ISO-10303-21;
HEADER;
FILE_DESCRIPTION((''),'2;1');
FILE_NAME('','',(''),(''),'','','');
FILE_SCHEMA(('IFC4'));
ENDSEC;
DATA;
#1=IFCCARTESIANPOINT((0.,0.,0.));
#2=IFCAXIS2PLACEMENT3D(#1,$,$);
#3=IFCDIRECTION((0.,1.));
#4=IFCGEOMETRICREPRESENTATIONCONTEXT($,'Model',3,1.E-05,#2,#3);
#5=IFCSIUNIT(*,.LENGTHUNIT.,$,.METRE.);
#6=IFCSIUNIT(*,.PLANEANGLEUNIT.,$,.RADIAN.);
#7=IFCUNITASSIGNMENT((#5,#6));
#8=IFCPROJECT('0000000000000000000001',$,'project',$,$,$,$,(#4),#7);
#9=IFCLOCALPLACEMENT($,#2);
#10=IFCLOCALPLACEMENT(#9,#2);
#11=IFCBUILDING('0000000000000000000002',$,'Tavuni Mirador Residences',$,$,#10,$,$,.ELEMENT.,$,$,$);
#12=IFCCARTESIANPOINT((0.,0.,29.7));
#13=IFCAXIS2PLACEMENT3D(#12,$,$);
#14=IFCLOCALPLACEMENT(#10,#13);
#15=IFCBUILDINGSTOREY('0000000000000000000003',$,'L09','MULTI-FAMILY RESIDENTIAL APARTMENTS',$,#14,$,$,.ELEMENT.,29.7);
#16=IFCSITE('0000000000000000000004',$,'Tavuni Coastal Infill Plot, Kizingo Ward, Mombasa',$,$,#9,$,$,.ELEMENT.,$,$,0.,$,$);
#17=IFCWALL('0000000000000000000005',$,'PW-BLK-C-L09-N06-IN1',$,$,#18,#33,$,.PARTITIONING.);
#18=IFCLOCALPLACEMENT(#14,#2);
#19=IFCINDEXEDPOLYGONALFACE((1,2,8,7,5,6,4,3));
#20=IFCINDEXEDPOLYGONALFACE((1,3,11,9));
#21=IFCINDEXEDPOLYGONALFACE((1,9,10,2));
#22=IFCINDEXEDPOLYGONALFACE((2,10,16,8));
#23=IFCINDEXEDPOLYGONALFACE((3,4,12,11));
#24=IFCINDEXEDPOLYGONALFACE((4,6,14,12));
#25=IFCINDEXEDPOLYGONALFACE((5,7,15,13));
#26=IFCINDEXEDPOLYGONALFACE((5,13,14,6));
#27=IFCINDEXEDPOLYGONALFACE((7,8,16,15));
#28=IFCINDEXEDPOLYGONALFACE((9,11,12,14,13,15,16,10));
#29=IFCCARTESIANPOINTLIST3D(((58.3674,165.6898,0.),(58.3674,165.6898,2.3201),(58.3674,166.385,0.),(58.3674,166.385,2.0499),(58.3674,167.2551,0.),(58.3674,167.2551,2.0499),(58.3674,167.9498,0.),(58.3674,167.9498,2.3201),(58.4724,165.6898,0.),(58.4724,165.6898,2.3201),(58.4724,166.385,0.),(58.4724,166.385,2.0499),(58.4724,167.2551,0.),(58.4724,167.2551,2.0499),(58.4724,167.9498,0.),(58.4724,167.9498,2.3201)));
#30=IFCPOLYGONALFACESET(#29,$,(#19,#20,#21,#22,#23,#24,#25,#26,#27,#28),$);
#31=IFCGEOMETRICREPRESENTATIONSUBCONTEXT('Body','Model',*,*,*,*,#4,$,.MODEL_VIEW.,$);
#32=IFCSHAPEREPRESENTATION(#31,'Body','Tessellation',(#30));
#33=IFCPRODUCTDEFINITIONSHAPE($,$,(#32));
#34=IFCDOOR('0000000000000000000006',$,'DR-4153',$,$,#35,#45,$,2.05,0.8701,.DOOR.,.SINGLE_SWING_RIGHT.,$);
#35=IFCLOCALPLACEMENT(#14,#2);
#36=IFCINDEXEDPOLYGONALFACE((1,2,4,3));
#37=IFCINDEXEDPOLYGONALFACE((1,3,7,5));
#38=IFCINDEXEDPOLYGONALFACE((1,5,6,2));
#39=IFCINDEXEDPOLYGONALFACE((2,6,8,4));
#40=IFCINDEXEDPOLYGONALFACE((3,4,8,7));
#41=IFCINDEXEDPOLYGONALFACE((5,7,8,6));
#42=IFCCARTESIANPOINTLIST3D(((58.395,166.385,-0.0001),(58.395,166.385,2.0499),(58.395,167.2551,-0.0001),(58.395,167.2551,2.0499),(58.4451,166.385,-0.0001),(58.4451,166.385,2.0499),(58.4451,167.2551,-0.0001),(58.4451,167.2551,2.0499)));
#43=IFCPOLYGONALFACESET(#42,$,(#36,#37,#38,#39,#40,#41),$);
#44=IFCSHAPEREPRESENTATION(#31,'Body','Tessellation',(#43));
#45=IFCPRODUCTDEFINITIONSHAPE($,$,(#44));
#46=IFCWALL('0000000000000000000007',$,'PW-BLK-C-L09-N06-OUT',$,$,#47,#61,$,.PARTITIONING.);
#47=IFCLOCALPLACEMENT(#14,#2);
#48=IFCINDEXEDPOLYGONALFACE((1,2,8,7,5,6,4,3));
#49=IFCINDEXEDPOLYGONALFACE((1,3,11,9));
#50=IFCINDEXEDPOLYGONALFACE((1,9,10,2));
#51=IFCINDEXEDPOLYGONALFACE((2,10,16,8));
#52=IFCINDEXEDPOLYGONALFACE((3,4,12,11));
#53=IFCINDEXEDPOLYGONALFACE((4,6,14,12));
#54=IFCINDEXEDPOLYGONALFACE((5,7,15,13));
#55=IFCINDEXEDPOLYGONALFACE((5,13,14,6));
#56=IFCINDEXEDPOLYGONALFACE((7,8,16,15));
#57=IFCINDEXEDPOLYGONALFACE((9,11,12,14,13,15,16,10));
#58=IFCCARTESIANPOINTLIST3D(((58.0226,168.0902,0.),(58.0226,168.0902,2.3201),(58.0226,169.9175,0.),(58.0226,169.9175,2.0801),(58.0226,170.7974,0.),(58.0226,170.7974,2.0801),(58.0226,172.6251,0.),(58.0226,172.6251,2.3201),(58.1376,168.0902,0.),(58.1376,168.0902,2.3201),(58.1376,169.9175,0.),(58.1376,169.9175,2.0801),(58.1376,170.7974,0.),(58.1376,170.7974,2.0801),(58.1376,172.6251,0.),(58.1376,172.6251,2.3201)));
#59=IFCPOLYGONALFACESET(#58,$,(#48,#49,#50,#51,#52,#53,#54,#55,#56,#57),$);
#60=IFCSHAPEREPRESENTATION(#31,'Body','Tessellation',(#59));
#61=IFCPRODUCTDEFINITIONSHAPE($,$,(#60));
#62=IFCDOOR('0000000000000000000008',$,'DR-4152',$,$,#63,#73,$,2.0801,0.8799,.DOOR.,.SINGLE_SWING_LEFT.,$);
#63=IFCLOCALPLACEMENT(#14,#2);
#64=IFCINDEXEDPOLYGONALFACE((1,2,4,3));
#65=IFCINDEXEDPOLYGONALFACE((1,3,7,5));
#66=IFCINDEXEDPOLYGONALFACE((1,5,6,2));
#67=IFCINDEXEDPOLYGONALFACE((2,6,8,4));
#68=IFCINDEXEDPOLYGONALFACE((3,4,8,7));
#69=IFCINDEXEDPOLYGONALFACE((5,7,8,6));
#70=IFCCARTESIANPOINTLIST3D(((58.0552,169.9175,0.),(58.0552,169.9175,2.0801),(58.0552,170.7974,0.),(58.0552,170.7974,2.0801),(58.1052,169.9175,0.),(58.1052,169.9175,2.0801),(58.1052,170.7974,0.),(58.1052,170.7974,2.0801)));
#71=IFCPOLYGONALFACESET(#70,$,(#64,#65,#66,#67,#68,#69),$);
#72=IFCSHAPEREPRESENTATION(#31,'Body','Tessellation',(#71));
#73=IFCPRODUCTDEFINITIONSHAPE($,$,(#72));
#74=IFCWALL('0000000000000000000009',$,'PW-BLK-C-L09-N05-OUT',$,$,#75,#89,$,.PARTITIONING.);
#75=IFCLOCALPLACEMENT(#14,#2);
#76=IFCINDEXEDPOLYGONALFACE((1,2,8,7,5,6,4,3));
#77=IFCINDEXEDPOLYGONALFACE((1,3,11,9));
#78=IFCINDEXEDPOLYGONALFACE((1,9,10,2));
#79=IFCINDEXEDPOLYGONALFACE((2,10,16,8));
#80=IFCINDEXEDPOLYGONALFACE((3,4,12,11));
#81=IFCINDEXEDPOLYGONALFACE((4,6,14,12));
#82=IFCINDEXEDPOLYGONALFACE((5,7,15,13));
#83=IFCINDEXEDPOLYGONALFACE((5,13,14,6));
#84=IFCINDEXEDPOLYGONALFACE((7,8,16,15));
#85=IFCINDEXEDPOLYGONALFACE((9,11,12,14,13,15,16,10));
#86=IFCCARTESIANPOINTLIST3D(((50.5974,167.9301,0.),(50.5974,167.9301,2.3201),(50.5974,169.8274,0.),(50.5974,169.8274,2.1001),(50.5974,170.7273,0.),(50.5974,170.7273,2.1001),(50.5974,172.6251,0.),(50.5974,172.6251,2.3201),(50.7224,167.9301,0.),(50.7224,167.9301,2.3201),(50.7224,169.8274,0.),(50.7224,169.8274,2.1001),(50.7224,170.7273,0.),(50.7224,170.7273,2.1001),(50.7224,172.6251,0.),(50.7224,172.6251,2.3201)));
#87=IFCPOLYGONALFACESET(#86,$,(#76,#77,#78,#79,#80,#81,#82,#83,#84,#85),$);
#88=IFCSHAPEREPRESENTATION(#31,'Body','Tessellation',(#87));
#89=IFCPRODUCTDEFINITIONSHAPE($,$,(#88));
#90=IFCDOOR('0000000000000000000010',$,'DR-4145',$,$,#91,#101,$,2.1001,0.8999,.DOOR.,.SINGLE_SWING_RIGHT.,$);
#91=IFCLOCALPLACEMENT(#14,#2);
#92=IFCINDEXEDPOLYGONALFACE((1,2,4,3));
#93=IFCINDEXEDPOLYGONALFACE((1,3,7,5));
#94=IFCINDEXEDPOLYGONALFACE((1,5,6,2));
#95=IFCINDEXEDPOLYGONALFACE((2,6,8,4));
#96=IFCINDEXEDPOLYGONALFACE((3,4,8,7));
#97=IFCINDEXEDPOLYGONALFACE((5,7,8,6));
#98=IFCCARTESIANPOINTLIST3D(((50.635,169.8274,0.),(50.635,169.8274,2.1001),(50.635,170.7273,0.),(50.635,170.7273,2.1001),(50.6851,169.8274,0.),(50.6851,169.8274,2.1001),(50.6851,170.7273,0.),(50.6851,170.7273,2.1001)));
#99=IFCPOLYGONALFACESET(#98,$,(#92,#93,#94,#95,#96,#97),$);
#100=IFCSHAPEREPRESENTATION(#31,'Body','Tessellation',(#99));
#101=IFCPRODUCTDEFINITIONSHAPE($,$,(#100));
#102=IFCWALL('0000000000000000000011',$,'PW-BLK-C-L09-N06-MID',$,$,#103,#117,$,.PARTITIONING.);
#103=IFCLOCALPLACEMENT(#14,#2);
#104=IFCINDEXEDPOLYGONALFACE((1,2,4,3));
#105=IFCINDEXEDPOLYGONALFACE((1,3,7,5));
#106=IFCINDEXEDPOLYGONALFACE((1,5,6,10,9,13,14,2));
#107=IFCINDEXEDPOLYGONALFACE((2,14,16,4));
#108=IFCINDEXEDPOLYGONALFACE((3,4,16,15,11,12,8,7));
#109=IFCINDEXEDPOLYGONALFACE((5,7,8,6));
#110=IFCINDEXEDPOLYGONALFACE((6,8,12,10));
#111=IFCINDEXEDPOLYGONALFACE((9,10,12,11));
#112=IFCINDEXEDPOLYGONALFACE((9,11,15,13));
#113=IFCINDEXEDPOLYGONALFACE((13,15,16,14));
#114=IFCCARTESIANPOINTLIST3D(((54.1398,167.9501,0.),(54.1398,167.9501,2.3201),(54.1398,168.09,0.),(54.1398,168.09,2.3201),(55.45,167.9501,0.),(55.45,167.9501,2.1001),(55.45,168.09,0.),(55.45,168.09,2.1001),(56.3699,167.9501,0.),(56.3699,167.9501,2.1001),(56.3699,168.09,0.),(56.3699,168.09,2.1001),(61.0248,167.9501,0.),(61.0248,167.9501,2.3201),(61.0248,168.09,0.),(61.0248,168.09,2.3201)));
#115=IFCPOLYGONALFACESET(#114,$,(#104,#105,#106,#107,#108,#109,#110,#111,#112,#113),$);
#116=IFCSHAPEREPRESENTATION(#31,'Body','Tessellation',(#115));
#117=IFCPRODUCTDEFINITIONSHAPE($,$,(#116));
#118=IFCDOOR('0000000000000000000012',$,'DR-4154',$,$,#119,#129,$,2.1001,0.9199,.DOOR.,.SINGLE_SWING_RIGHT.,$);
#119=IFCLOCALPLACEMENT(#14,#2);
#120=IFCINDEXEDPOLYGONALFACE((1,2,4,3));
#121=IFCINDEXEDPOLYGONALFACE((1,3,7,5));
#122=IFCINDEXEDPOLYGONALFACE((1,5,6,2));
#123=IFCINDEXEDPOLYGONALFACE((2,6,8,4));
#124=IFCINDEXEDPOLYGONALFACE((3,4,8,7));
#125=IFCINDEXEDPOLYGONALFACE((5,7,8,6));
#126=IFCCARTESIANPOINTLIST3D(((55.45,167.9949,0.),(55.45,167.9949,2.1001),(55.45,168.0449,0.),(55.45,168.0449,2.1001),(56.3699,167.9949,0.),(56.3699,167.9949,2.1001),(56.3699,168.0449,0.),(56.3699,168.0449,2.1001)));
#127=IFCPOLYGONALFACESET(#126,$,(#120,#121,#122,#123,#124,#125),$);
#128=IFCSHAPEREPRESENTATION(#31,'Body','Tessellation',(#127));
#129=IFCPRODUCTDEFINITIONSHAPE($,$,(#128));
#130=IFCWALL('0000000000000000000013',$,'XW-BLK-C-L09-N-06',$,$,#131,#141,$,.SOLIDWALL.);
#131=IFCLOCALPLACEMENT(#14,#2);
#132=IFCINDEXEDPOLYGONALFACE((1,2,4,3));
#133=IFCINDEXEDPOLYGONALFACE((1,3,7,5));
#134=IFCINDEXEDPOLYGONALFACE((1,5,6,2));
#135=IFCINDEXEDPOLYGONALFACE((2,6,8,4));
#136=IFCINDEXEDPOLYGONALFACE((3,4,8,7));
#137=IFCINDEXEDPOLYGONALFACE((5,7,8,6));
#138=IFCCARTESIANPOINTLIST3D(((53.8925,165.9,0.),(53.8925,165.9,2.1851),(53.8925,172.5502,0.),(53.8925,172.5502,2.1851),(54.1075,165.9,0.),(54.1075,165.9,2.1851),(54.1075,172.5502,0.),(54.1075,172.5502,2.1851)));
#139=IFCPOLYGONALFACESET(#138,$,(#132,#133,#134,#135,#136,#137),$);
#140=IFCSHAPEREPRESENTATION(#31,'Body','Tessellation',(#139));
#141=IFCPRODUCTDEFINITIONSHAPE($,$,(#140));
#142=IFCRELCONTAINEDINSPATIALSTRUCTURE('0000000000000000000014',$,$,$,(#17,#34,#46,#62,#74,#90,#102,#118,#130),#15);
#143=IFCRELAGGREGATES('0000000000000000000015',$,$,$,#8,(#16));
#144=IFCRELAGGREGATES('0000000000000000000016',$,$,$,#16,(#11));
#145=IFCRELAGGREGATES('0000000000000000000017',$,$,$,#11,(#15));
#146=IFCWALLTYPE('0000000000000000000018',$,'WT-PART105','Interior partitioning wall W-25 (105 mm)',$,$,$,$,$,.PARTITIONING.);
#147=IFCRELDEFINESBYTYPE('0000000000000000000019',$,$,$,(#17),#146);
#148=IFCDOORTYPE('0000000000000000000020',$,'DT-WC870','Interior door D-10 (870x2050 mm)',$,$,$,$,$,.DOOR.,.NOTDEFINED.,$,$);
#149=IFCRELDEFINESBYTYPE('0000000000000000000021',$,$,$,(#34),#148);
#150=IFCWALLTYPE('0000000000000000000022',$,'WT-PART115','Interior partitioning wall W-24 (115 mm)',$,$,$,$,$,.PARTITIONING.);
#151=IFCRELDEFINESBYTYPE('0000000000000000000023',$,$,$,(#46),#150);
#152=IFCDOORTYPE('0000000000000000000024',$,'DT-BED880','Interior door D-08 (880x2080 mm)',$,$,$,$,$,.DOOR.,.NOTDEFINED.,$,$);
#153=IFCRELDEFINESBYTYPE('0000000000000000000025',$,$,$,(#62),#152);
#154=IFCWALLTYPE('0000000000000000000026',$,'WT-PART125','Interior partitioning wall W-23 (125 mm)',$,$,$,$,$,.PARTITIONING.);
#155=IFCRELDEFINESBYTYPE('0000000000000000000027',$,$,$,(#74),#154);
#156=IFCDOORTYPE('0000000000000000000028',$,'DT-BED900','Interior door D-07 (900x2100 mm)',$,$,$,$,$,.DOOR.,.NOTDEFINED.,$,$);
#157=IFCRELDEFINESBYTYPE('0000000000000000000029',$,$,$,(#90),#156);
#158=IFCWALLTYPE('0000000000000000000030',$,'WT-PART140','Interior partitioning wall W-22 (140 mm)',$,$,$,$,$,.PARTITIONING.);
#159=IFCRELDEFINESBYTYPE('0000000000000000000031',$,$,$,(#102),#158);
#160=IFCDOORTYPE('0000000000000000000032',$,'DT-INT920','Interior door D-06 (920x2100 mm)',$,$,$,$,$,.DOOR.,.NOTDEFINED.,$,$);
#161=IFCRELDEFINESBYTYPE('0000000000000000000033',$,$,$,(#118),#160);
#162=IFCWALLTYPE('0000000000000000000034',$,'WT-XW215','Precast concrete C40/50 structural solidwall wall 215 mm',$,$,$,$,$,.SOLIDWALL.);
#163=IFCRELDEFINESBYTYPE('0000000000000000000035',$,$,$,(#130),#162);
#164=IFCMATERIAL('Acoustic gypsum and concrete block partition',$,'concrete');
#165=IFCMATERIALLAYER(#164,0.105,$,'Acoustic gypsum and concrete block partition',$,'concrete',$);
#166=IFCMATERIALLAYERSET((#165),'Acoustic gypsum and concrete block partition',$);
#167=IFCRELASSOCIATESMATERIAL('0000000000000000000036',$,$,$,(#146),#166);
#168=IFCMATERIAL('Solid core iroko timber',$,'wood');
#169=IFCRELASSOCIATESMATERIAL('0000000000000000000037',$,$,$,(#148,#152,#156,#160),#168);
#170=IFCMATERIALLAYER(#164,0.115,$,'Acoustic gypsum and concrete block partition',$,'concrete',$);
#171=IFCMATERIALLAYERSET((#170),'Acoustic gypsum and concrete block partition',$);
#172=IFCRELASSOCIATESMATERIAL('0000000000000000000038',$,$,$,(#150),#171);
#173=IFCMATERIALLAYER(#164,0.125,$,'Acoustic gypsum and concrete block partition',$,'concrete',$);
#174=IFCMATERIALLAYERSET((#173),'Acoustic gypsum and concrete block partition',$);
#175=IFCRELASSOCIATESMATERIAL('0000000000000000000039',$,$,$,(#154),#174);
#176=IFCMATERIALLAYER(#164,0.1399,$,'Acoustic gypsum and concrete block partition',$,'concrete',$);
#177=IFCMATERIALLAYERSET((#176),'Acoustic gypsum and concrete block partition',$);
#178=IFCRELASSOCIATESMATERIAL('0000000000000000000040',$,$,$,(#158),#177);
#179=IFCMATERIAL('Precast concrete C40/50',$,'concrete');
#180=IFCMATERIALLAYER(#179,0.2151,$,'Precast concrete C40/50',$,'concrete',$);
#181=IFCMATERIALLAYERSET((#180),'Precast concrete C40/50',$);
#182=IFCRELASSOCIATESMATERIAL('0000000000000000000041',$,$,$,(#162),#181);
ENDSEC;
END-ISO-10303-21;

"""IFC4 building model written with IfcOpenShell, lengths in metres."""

from ifc_helpers import new_model, si_unit, direction, frame, frame_2d, origin, place, context, subcontext, project, spatial, rectangle, extrude, material, layer, layer_set, type_object, element, fill, save


model = new_model("IFC4")

# Units and contexts
model_context = context("Model", 3, precision=1e-05, world=origin(), true_north=direction((0.0, 1.0)))
body_context = subcontext(model_context, "Body", "Model", "MODEL_VIEW")
ifc_project = project(units=[si_unit("LENGTHUNIT", "METRE"), si_unit("PLANEANGLEUNIT", "RADIAN")], contexts=[model_context])

# Site, building, storey
site_placement = place(None, origin())
site = spatial("IfcSite", under=ifc_project, at=site_placement, Name="Tavuni Coastal Infill Plot, Kizingo Ward, Mombasa", CompositionType="ELEMENT", RefElevation=0.0)
building_placement = place(site_placement, origin())
building = spatial("IfcBuilding", under=site, at=building_placement, Name="Tavuni Mirador Residences", CompositionType="ELEMENT")
storey_placement = place(building_placement, frame((0.0, 0.0, 29.7)))
storey = spatial("IfcBuildingStorey", under=building, at=storey_placement, Name="L09", Description="MULTI-FAMILY RESIDENTIAL APARTMENTS", CompositionType="ELEMENT", Elevation=29.7)

# Shared definitions
ifc_material_1 = material(Name="Precast concrete C40/50", Category="concrete")

# Shared definitions
ifc_material_2 = material(Name="Solid core iroko timber", Category="wood")

# Walls, openings, doors
ifc_material_3 = material(Name="Acoustic gypsum and concrete block partition", Category="concrete")
ifc_layer_1 = layer(ifc_material_3, 0.105, Name="Acoustic gypsum and concrete block partition", Category="concrete")
ifc_layer_set_1 = layer_set([ifc_layer_1], Name="Acoustic gypsum and concrete block partition")
wall_type_1 = type_object("IfcWallType", Name="WT-PART105", Description="Interior partitioning wall W-25 (105 mm)", PredefinedType="PARTITIONING", material=ifc_layer_set_1)
wall_1_placement = place(storey_placement, frame((58.4199, 165.6899, 0.0), z_axis=(0.0, 0.0, 1.0), x_axis=(0.0, 1.0, 0.0)))
wall_1 = element("IfcWall", 1, at=wall_1_placement, inside=storey, type_object=wall_type_1, Name="PW-BLK-C-L09-N06-IN1", PredefinedType="PARTITIONING", context=body_context, shape_type="SweptSolid", body=[
    extrude(rectangle(XDim=2.26, YDim=0.105, at=frame_2d((1.1299, 0.0))), origin(), (0.0, 0.0, 1.0), 2.3201),
])
opening_1_placement = place(wall_1_placement, frame((0.6951, 0.0, 0.0)))
opening_1 = element("IfcOpeningElement", 2, at=opening_1_placement, cuts=wall_1, PredefinedType="OPENING", context=body_context, shape_type="SweptSolid", body=[
    extrude(rectangle(XDim=0.8701, YDim=2.05, at=frame_2d((0.4351, 1.0249))), frame((0.0, 0.0625, 0.0), z_axis=(0.0, -1.0, 0.0), x_axis=(1.0, 0.0, 0.0)), (0.0, 0.0, 1.0), 0.125),
])
door_type_1 = type_object("IfcDoorType", Name="DT-WC870", Description="Interior door D-10 (870x2050 mm)", OperationType="NOTDEFINED", PredefinedType="DOOR", material=ifc_material_2)
door_1_placement = place(opening_1_placement, origin())
door_1 = element("IfcDoor", 3, at=door_1_placement, inside=storey, type_object=door_type_1, Name="DR-4153", OperationType="SINGLE_SWING_RIGHT", OverallHeight=2.05, OverallWidth=0.8701, PredefinedType="DOOR", context=body_context, shape_type="SweptSolid", body=[
    extrude(rectangle(XDim=0.8701, YDim=2.05, at=frame_2d((0.4351, 1.0249))), frame((0.0, 0.0249, 0.0), z_axis=(0.0, -1.0, 0.0), x_axis=(1.0, 0.0, 0.0)), (0.0, 0.0, 1.0), 0.05),
])
fill(opening_1, door_1)
ifc_layer_2 = layer(ifc_material_3, 0.115, Name="Acoustic gypsum and concrete block partition", Category="concrete")
ifc_layer_set_2 = layer_set([ifc_layer_2], Name="Acoustic gypsum and concrete block partition")
wall_type_2 = type_object("IfcWallType", Name="WT-PART115", Description="Interior partitioning wall W-24 (115 mm)", PredefinedType="PARTITIONING", material=ifc_layer_set_2)
wall_2_placement = place(storey_placement, frame((58.0801, 168.0901, 0.0), z_axis=(0.0, 0.0, 1.0), x_axis=(0.0, 1.0, 0.0)))
wall_2 = element("IfcWall", 4, at=wall_2_placement, inside=storey, type_object=wall_type_2, Name="PW-BLK-C-L09-N06-OUT", PredefinedType="PARTITIONING", context=body_context, shape_type="SweptSolid", body=[
    extrude(rectangle(XDim=4.5349, YDim=0.115, at=frame_2d((2.2676, 0.0))), origin(), (0.0, 0.0, 1.0), 2.3201),
])
opening_2_placement = place(wall_2_placement, frame((1.8274, 0.0, 0.0)))
opening_2 = element("IfcOpeningElement", 5, at=opening_2_placement, cuts=wall_2, PredefinedType="OPENING", context=body_context, shape_type="SweptSolid", body=[
    extrude(rectangle(XDim=0.8799, YDim=2.0801, at=frame_2d((0.4399, 1.04))), frame((0.0, 0.0674, 0.0), z_axis=(0.0, -1.0, 0.0), x_axis=(1.0, 0.0, 0.0)), (0.0, 0.0, 1.0), 0.135),
])
door_type_2 = type_object("IfcDoorType", Name="DT-BED880", Description="Interior door D-08 (880x2080 mm)", OperationType="NOTDEFINED", PredefinedType="DOOR", material=ifc_material_2)
door_2_placement = place(opening_2_placement, origin())
door_2 = element("IfcDoor", 6, at=door_2_placement, inside=storey, type_object=door_type_2, Name="DR-4152", OperationType="SINGLE_SWING_LEFT", OverallHeight=2.0801, OverallWidth=0.8799, PredefinedType="DOOR", context=body_context, shape_type="SweptSolid", body=[
    extrude(rectangle(XDim=0.8799, YDim=2.0801, at=frame_2d((0.4399, 1.04))), frame((0.0, 0.0249, 0.0), z_axis=(0.0, -1.0, 0.0), x_axis=(1.0, 0.0, 0.0)), (0.0, 0.0, 1.0), 0.05),
])
fill(opening_2, door_2)
ifc_layer_3 = layer(ifc_material_3, 0.125, Name="Acoustic gypsum and concrete block partition", Category="concrete")
ifc_layer_set_3 = layer_set([ifc_layer_3], Name="Acoustic gypsum and concrete block partition")
wall_type_3 = type_object("IfcWallType", Name="WT-PART125", Description="Interior partitioning wall W-23 (125 mm)", PredefinedType="PARTITIONING", material=ifc_layer_set_3)
wall_3_placement = place(storey_placement, frame((50.6599, 167.9299, 0.0), z_axis=(0.0, 0.0, 1.0), x_axis=(0.0, 1.0, 0.0)))
wall_3 = element("IfcWall", 7, at=wall_3_placement, inside=storey, type_object=wall_type_3, Name="PW-BLK-C-L09-N05-OUT", PredefinedType="PARTITIONING", context=body_context, shape_type="SweptSolid", body=[
    extrude(rectangle(XDim=4.6951, YDim=0.125, at=frame_2d((2.3477, 0.0))), origin(), (0.0, 0.0, 1.0), 2.3201),
])
opening_3_placement = place(wall_3_placement, frame((1.8975, 0.0, 0.0)))
opening_3 = element("IfcOpeningElement", 8, at=opening_3_placement, cuts=wall_3, PredefinedType="OPENING", context=body_context, shape_type="SweptSolid", body=[
    extrude(rectangle(XDim=0.8999, YDim=2.1001, at=frame_2d((0.45, 1.05))), frame((0.0, 0.0725, 0.0), z_axis=(0.0, -1.0, 0.0), x_axis=(1.0, 0.0, 0.0)), (0.0, 0.0, 1.0), 0.145),
])
door_type_3 = type_object("IfcDoorType", Name="DT-BED900", Description="Interior door D-07 (900x2100 mm)", OperationType="NOTDEFINED", PredefinedType="DOOR", material=ifc_material_2)
door_3_placement = place(opening_3_placement, origin())
door_3 = element("IfcDoor", 9, at=door_3_placement, inside=storey, type_object=door_type_3, Name="DR-4145", OperationType="SINGLE_SWING_RIGHT", OverallHeight=2.1001, OverallWidth=0.8999, PredefinedType="DOOR", context=body_context, shape_type="SweptSolid", body=[
    extrude(rectangle(XDim=0.8999, YDim=2.1001, at=frame_2d((0.45, 1.05))), frame((0.0, 0.0249, 0.0), z_axis=(0.0, -1.0, 0.0), x_axis=(1.0, 0.0, 0.0)), (0.0, 0.0, 1.0), 0.05),
])
fill(opening_3, door_3)
ifc_layer_4 = layer(ifc_material_3, 0.1399, Name="Acoustic gypsum and concrete block partition", Category="concrete")
ifc_layer_set_4 = layer_set([ifc_layer_4], Name="Acoustic gypsum and concrete block partition")
wall_type_4 = type_object("IfcWallType", Name="WT-PART140", Description="Interior partitioning wall W-22 (140 mm)", PredefinedType="PARTITIONING", material=ifc_layer_set_4)
wall_4_placement = place(storey_placement, frame((54.1399, 168.02, 0.0), z_axis=(0.0, 0.0, 1.0), x_axis=(1.0, 0.0, 0.0)))
wall_4 = element("IfcWall", 10, at=wall_4_placement, inside=storey, type_object=wall_type_4, Name="PW-BLK-C-L09-N06-MID", PredefinedType="PARTITIONING", context=body_context, shape_type="SweptSolid", body=[
    extrude(rectangle(XDim=6.885, YDim=0.1399, at=frame_2d((3.4424, 0.0))), origin(), (0.0, 0.0, 1.0), 2.3201),
])
opening_4_placement = place(wall_4_placement, frame((1.3101, 0.0, 0.0)))
opening_4 = element("IfcOpeningElement", 11, at=opening_4_placement, cuts=wall_4, PredefinedType="OPENING", context=body_context, shape_type="SweptSolid", body=[
    extrude(rectangle(XDim=0.9199, YDim=2.1001, at=frame_2d((0.46, 1.05))), frame((0.0, 0.0801, 0.0), z_axis=(0.0, -1.0, 0.0), x_axis=(1.0, 0.0, 0.0)), (0.0, 0.0, 1.0), 0.1599),
])
door_type_4 = type_object("IfcDoorType", Name="DT-INT920", Description="Interior door D-06 (920x2100 mm)", OperationType="NOTDEFINED", PredefinedType="DOOR", material=ifc_material_2)
door_4_placement = place(opening_4_placement, origin())
door_4 = element("IfcDoor", 12, at=door_4_placement, inside=storey, type_object=door_type_4, Name="DR-4154", OperationType="SINGLE_SWING_RIGHT", OverallHeight=2.1001, OverallWidth=0.9199, PredefinedType="DOOR", context=body_context, shape_type="SweptSolid", body=[
    extrude(rectangle(XDim=0.9199, YDim=2.1001, at=frame_2d((0.46, 1.05))), frame((0.0, 0.0249, 0.0), z_axis=(0.0, -1.0, 0.0), x_axis=(1.0, 0.0, 0.0)), (0.0, 0.0, 1.0), 0.05),
])
fill(opening_4, door_4)

# Wall
ifc_layer_5 = layer(ifc_material_1, 0.2151, Name="Precast concrete C40/50", Category="concrete")
ifc_layer_set_5 = layer_set([ifc_layer_5], Name="Precast concrete C40/50")
wall_type_5 = type_object("IfcWallType", Name="WT-XW215", Description="Precast concrete C40/50 structural solidwall wall 215 mm", PredefinedType="SOLIDWALL", material=ifc_layer_set_5)
wall_5_placement = place(storey_placement, frame((54.0, 165.8999, 0.0), z_axis=(0.0, 0.0, 1.0), x_axis=(0.0, 1.0, 0.0)))
element("IfcWall", 13, at=wall_5_placement, inside=storey, type_object=wall_type_5, Name="XW-BLK-C-L09-N-06", PredefinedType="SOLIDWALL", context=body_context, shape_type="SweptSolid", body=[
    extrude(rectangle(XDim=6.6501, YDim=0.2151, at=frame_2d((3.3252, 0.0))), origin(), (0.0, 0.0, 1.0), 2.1851),
])

save(model, "model.ifc")
